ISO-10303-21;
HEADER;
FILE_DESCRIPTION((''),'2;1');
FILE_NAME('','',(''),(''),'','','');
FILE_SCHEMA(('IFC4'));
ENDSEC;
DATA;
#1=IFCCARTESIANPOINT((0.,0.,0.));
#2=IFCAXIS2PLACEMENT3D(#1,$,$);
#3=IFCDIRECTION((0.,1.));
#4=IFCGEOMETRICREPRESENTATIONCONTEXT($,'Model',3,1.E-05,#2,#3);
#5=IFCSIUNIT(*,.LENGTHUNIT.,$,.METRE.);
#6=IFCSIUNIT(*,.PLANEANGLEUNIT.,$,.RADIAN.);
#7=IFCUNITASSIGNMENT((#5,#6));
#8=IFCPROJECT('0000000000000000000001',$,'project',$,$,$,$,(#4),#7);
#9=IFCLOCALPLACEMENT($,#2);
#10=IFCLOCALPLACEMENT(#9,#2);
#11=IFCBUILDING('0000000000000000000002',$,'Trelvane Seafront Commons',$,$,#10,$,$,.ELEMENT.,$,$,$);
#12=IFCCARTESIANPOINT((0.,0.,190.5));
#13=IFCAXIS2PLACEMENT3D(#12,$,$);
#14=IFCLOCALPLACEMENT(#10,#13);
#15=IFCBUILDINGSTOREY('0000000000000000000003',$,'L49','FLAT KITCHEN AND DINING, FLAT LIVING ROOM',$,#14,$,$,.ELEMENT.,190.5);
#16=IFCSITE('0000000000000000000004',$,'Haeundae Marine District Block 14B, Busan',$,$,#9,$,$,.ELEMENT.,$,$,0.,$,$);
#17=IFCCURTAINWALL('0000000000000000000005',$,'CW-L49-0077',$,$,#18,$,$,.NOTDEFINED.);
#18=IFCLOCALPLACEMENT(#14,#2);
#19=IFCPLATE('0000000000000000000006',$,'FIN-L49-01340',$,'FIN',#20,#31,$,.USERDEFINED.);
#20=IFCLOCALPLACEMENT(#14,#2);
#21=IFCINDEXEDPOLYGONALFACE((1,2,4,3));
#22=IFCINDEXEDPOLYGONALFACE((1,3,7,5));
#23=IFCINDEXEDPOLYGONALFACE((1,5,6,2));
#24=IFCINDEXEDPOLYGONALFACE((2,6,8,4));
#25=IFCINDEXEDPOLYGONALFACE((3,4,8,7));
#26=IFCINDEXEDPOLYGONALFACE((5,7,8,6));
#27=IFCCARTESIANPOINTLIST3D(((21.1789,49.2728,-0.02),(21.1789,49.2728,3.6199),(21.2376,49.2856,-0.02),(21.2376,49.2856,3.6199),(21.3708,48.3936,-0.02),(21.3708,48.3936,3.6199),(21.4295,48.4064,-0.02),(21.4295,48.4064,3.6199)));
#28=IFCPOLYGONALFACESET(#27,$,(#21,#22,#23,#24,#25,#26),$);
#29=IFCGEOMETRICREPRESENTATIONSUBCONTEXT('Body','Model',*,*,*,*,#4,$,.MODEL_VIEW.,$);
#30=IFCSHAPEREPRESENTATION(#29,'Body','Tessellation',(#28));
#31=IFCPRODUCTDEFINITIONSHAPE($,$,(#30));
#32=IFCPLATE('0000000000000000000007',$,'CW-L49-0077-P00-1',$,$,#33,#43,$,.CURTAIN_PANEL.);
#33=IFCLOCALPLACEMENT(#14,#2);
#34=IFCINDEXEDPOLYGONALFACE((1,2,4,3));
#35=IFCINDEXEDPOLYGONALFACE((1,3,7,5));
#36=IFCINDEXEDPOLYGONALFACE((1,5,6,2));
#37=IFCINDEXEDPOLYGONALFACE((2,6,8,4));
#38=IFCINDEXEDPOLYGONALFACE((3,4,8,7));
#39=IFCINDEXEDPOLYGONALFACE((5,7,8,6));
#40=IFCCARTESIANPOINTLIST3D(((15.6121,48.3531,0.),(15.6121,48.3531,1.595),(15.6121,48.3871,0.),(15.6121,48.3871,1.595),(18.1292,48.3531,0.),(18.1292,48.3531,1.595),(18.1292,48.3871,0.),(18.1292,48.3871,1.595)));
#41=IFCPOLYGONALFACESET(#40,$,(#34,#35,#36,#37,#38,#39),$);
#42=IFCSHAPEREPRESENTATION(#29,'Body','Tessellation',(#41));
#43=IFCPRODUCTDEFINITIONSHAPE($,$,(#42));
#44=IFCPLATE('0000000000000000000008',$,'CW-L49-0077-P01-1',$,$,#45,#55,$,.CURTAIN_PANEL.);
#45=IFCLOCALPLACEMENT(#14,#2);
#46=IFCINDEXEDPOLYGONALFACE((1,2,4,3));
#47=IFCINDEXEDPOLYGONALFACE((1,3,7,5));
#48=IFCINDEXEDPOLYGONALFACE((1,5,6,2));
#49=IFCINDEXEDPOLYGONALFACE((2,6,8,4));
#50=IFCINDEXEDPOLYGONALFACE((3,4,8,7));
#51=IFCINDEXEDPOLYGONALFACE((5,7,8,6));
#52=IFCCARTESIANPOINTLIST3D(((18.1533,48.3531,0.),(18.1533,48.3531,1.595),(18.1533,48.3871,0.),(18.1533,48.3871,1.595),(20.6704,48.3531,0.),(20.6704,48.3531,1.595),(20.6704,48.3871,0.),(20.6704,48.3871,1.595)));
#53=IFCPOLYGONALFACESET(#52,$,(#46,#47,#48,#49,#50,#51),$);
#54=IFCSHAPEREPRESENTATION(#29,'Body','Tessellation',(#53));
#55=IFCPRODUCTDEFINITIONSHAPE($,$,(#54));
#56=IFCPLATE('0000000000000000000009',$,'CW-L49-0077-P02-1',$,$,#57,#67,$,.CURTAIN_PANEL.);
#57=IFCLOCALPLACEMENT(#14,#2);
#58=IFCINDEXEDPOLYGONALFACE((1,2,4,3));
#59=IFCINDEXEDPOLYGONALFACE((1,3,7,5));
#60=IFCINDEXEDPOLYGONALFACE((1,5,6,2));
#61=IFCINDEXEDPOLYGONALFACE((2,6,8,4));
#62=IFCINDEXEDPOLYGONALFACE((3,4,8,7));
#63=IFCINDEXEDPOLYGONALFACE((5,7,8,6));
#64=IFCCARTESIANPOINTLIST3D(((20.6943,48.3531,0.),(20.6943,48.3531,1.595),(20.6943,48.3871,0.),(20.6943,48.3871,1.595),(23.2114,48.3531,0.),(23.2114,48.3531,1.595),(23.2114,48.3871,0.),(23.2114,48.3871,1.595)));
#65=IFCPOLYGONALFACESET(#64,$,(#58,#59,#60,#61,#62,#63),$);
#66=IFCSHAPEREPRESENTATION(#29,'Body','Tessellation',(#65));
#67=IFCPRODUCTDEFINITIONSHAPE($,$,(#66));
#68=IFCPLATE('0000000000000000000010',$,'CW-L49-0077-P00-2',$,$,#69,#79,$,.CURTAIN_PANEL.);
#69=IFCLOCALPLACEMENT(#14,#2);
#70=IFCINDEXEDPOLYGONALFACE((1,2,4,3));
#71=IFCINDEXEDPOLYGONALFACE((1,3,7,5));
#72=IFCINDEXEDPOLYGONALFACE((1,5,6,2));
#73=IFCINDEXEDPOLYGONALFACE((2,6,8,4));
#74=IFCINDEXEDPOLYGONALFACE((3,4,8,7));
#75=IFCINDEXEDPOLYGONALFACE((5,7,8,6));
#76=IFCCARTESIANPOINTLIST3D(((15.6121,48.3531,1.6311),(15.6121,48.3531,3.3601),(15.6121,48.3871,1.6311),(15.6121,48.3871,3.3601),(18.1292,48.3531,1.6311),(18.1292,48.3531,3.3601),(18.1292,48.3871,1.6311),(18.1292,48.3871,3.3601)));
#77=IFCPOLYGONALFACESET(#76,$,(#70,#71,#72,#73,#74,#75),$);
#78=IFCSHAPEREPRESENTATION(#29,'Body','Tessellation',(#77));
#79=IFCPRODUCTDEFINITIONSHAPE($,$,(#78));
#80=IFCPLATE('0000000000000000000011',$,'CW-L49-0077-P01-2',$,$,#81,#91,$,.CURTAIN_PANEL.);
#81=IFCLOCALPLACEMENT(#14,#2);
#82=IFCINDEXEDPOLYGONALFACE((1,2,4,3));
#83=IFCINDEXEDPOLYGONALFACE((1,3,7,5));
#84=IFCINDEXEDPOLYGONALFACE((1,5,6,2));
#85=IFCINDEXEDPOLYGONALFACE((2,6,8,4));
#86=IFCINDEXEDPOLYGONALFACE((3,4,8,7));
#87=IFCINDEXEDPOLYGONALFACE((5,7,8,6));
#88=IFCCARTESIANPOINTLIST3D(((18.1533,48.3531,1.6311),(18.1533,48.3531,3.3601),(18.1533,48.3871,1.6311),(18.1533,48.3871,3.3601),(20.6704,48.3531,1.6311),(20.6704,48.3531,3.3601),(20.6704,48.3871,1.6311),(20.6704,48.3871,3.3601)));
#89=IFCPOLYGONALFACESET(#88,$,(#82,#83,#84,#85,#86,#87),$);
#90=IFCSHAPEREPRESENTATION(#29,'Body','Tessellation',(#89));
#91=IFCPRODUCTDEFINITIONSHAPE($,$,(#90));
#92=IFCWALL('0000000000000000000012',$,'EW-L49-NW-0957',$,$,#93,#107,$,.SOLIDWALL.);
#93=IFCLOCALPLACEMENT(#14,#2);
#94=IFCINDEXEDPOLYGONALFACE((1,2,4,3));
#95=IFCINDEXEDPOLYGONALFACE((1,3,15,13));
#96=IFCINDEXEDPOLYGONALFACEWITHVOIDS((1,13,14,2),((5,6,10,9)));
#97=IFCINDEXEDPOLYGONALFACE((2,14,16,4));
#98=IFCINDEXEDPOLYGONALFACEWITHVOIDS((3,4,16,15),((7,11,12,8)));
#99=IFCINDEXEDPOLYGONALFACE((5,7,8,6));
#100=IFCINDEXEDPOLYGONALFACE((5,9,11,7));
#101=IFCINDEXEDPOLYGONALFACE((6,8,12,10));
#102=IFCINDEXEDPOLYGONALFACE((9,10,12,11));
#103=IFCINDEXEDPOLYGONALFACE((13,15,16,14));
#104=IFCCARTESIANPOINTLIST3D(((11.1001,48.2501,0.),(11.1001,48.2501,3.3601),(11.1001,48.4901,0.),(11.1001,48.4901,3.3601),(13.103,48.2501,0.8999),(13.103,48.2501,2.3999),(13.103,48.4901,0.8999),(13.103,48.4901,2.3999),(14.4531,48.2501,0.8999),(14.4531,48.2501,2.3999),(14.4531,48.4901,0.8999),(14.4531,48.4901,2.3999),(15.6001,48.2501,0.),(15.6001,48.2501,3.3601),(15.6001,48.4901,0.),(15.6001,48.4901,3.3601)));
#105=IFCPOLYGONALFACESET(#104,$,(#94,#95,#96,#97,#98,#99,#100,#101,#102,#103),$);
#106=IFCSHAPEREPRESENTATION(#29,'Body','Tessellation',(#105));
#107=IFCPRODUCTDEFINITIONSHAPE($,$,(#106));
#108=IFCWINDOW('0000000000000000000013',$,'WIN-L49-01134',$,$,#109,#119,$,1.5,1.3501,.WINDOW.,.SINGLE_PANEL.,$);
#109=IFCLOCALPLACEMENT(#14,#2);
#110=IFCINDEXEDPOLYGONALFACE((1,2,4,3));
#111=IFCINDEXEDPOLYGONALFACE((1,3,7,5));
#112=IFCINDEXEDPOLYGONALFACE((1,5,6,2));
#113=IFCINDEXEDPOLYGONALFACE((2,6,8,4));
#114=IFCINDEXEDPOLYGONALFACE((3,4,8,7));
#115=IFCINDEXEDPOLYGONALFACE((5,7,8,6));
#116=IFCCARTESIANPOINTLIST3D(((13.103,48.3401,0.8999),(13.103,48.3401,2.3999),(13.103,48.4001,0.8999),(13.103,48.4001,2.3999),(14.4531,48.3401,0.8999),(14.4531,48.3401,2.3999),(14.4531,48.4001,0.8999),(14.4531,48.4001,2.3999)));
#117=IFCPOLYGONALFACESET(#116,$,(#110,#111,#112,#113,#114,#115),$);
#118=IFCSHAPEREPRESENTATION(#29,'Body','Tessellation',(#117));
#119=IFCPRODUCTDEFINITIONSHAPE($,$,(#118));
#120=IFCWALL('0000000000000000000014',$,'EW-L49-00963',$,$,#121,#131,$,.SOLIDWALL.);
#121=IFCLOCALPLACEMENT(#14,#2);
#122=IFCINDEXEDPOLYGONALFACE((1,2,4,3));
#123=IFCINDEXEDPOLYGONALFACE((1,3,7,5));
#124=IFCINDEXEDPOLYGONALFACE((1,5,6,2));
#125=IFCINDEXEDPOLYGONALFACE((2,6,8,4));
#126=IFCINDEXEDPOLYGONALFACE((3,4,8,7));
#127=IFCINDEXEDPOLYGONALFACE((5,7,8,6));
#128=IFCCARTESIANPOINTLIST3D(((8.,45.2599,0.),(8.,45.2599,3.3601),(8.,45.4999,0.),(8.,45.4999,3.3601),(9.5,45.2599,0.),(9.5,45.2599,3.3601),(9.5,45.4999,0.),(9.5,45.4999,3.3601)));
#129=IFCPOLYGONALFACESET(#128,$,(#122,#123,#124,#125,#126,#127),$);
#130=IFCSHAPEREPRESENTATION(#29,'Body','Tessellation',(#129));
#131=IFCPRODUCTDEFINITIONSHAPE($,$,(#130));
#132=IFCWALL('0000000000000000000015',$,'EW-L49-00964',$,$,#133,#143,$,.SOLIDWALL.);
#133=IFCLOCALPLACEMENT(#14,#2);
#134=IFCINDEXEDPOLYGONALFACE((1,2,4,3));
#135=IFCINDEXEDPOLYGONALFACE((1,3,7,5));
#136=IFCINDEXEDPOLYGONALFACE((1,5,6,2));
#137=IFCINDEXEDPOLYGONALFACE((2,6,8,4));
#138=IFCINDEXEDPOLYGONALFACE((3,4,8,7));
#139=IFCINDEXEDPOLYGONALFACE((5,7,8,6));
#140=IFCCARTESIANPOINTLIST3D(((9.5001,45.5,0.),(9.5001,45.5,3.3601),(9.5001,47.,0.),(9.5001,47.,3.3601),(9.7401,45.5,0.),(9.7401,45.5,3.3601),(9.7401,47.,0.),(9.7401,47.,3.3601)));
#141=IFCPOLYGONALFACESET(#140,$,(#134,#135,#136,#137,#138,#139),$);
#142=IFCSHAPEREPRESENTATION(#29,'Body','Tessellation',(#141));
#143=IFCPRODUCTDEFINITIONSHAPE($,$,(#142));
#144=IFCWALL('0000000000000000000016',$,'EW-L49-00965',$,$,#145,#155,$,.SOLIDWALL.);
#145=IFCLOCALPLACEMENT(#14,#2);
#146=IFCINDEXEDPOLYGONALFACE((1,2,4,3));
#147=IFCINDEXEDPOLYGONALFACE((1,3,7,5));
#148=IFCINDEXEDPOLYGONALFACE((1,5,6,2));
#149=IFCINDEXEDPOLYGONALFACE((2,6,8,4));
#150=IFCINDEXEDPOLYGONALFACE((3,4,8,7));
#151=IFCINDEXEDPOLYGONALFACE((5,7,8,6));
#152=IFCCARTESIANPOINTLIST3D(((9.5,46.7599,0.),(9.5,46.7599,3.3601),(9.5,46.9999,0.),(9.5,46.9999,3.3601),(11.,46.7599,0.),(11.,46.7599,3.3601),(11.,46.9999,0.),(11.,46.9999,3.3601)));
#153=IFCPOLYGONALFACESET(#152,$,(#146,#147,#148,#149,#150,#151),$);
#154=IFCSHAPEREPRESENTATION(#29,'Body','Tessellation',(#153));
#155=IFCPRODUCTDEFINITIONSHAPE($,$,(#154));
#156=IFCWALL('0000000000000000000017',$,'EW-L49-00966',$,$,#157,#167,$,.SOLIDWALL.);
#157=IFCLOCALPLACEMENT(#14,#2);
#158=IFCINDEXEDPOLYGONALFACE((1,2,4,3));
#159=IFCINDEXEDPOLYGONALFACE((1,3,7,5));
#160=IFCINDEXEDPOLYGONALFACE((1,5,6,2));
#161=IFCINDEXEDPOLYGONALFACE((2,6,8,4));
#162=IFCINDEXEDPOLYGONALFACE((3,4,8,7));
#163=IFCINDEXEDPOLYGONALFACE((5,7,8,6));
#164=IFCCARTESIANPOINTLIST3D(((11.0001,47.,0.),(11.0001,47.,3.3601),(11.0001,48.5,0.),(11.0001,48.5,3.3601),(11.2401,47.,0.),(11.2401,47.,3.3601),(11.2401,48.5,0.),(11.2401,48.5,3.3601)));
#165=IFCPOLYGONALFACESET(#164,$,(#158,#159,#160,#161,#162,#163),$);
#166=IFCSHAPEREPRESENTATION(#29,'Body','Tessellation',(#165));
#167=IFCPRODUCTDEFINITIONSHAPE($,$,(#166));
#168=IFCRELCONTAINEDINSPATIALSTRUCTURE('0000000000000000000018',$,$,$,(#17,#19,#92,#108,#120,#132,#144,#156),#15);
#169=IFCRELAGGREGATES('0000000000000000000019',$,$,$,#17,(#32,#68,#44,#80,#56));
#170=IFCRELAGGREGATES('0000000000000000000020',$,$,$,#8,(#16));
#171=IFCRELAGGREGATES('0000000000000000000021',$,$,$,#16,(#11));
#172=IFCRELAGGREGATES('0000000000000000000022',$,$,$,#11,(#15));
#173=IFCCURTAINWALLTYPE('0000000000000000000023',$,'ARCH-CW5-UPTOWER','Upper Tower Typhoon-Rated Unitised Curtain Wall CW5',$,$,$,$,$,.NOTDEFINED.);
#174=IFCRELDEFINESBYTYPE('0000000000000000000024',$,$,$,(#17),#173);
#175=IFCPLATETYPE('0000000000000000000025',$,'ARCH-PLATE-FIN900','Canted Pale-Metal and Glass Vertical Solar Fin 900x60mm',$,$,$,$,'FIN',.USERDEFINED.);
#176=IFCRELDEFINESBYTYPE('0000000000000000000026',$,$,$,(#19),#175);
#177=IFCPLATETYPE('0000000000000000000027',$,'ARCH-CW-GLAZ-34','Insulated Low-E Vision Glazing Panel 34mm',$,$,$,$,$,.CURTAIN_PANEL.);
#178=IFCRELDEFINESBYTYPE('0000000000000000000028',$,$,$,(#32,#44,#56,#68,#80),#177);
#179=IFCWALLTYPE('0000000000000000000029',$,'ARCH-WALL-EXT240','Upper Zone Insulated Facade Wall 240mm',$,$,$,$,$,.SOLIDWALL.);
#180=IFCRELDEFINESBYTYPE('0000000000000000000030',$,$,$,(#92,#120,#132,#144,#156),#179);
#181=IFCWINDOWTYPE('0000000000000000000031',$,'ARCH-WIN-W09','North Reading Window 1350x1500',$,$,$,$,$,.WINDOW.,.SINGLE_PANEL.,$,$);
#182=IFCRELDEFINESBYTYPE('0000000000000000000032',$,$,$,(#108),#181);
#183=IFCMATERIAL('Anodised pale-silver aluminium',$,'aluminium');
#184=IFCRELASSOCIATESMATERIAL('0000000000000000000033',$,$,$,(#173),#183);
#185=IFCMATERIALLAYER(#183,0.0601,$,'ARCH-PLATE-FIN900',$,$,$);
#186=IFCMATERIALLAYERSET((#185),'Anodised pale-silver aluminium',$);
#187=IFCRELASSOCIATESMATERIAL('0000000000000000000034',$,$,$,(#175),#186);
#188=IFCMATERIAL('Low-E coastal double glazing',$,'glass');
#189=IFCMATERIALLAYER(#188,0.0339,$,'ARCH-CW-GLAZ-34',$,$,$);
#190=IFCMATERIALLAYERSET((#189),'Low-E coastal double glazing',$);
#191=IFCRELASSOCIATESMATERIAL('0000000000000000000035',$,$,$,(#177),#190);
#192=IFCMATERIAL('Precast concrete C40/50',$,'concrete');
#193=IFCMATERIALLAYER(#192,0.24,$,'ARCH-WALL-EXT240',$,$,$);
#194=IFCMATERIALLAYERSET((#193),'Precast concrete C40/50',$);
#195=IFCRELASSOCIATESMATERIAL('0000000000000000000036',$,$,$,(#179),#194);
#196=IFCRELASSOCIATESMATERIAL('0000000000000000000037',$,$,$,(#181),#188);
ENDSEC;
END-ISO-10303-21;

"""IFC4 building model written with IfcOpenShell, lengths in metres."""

from ifc_helpers import new_model, si_unit, direction, frame, frame_2d, origin, origin_2d, place, context, subcontext, project, spatial, rectangle, extrude, source, transform, mapped, material, layer, layer_set, type_object, element, fill, aggregate, save


model = new_model("IFC4")

# Units and contexts
model_context = context("Model", 3, precision=1e-05, world=origin(), true_north=direction((0.0, 1.0)))
body_context = subcontext(model_context, "Body", "Model", "MODEL_VIEW")
ifc_project = project(units=[si_unit("LENGTHUNIT", "METRE"), si_unit("PLANEANGLEUNIT", "RADIAN")], contexts=[model_context])

# Site, building, storey
site_placement = place(None, origin())
site = spatial("IfcSite", under=ifc_project, at=site_placement, Name="Haeundae Marine District Block 14B, Busan", CompositionType="ELEMENT", RefElevation=0.0)
building_placement = place(site_placement, origin())
building = spatial("IfcBuilding", under=site, at=building_placement, Name="Trelvane Seafront Commons", CompositionType="ELEMENT")
storey_placement = place(building_placement, frame((0.0, 0.0, 190.5)))
storey = spatial("IfcBuildingStorey", under=building, at=storey_placement, Name="L49", Description="FLAT KITCHEN AND DINING, FLAT LIVING ROOM", CompositionType="ELEMENT", Elevation=190.5)

# Curtain wall
ifc_material_1 = material(Name="Anodised pale-silver aluminium", Category="aluminium")
curtain_wall_type = type_object("IfcCurtainWallType", Name="ARCH-CW5-UPTOWER", Description="Upper Tower Typhoon-Rated Unitised Curtain Wall CW5", PredefinedType="NOTDEFINED", material=ifc_material_1)
curtain_wall_placement = place(storey_placement, origin())
curtain_wall = element("IfcCurtainWall", 1, at=curtain_wall_placement, inside=storey, type_object=curtain_wall_type, Name="CW-L49-0077", PredefinedType="NOTDEFINED")

# Plate
ifc_layer_1 = layer(ifc_material_1, 0.0601, Name="ARCH-PLATE-FIN900")
ifc_layer_set_1 = layer_set([ifc_layer_1], Name="Anodised pale-silver aluminium")
plate_type_1 = type_object("IfcPlateType", Name="ARCH-PLATE-FIN900", Description="Canted Pale-Metal and Glass Vertical Solar Fin 900x60mm", ElementType="FIN", PredefinedType="USERDEFINED", material=ifc_layer_set_1)
shared_shape_1 = source(origin(), body_context, "Body", "SweptSolid", [
    extrude(rectangle(XDim=0.8999, YDim=0.0601, at=origin_2d()), origin(), (0.0, 0.0, 1.0), 3.6399),
])
for number, where, z_axis, x_axis, name in (
    (2, (21.3042, 48.8396, -0.02), (0.0, 0.0, 1.0), (-0.213223, 0.977004, 0.0), "FIN-L49-01340"),
):
    element("IfcPlate", number, at=place(storey_placement, frame(where, z_axis=z_axis, x_axis=x_axis)), inside=storey, type_object=plate_type_1, Name=name, ObjectType="FIN", PredefinedType="USERDEFINED", context=body_context, shape_type="MappedRepresentation", body=[
        mapped(shared_shape_1, transform((0.0, 0.0, 0.0), x_axis=(1.0, 0.0, 0.0), y_axis=(0.0, 1.0, 0.0), z_axis=(0.0, 0.0, 1.0), scale=1.0)),
    ])

# Plates
ifc_material_2 = material(Name="Low-E coastal double glazing", Category="glass")
ifc_layer_2 = layer(ifc_material_2, 0.0339, Name="ARCH-CW-GLAZ-34")
ifc_layer_set_2 = layer_set([ifc_layer_2], Name="Low-E coastal double glazing")
plate_type_2 = type_object("IfcPlateType", Name="ARCH-CW-GLAZ-34", Description="Insulated Low-E Vision Glazing Panel 34mm", PredefinedType="CURTAIN_PANEL", material=ifc_layer_set_2)
shared_shape_2 = source(origin(), body_context, "Body", "SweptSolid", [
    extrude(rectangle(XDim=2.5171, YDim=0.0339, at=origin_2d()), origin(), (0.0, 0.0, 1.0), 1.595),
])
plate_1_placement = place(storey_placement, frame((16.8706, 48.3701, 0.0), z_axis=(0.0, 0.0, 1.0), x_axis=(1.0, 0.0, 0.0)))
plate_1 = element("IfcPlate", 3, at=plate_1_placement, type_object=plate_type_2, Name="CW-L49-0077-P00-1", PredefinedType="CURTAIN_PANEL", context=body_context, shape_type="MappedRepresentation", body=[
    mapped(shared_shape_2, transform((0.0, 0.0, 0.0), x_axis=(1.0, 0.0, 0.0), y_axis=(0.0, 1.0, 0.0), z_axis=(0.0, 0.0, 1.0), scale=1.0)),
])
plate_2_placement = place(storey_placement, frame((19.4119, 48.3701, 0.0), z_axis=(0.0, 0.0, 1.0), x_axis=(1.0, 0.0, 0.0)))
plate_2 = element("IfcPlate", 4, at=plate_2_placement, type_object=plate_type_2, Name="CW-L49-0077-P01-1", PredefinedType="CURTAIN_PANEL", context=body_context, shape_type="MappedRepresentation", body=[
    mapped(shared_shape_2, transform((0.0, 0.0, 0.0), x_axis=(1.0, 0.0, 0.0), y_axis=(0.0, 1.0, 0.0), z_axis=(0.0, 0.0, 1.0), scale=1.0)),
])
plate_3_placement = place(storey_placement, frame((21.9529, 48.3701, 0.0), z_axis=(0.0, 0.0, 1.0), x_axis=(1.0, 0.0, 0.0)))
plate_3 = element("IfcPlate", 5, at=plate_3_placement, type_object=plate_type_2, Name="CW-L49-0077-P02-1", PredefinedType="CURTAIN_PANEL", context=body_context, shape_type="MappedRepresentation", body=[
    mapped(shared_shape_2, transform((0.0, 0.0, 0.0), x_axis=(1.0, 0.0, 0.0), y_axis=(0.0, 1.0, 0.0), z_axis=(0.0, 0.0, 1.0), scale=1.0)),
])
shared_shape_3 = source(origin(), body_context, "Body", "SweptSolid", [
    extrude(rectangle(XDim=2.5171, YDim=0.0339, at=origin_2d()), origin(), (0.0, 0.0, 1.0), 1.729),
])
plate_4_placement = place(storey_placement, frame((16.8706, 48.3701, 1.6311), z_axis=(0.0, 0.0, 1.0), x_axis=(1.0, 0.0, 0.0)))
plate_4 = element("IfcPlate", 6, at=plate_4_placement, type_object=plate_type_2, Name="CW-L49-0077-P00-2", PredefinedType="CURTAIN_PANEL", context=body_context, shape_type="MappedRepresentation", body=[
    mapped(shared_shape_3, transform((0.0, 0.0, 0.0), x_axis=(1.0, 0.0, 0.0), y_axis=(0.0, 1.0, 0.0), z_axis=(0.0, 0.0, 1.0), scale=1.0)),
])
plate_5_placement = place(storey_placement, frame((19.4119, 48.3701, 1.6311), z_axis=(0.0, 0.0, 1.0), x_axis=(1.0, 0.0, 0.0)))
plate_5 = element("IfcPlate", 7, at=plate_5_placement, type_object=plate_type_2, Name="CW-L49-0077-P01-2", PredefinedType="CURTAIN_PANEL", context=body_context, shape_type="MappedRepresentation", body=[
    mapped(shared_shape_3, transform((0.0, 0.0, 0.0), x_axis=(1.0, 0.0, 0.0), y_axis=(0.0, 1.0, 0.0), z_axis=(0.0, 0.0, 1.0), scale=1.0)),
])
aggregate(curtain_wall, [plate_1, plate_4, plate_2, plate_5, plate_3])

# Wall, opening, window
ifc_material_3 = material(Name="Precast concrete C40/50", Category="concrete")
ifc_layer_3 = layer(ifc_material_3, 0.24, Name="ARCH-WALL-EXT240")
ifc_layer_set_3 = layer_set([ifc_layer_3], Name="Precast concrete C40/50")
wall_type = type_object("IfcWallType", Name="ARCH-WALL-EXT240", Description="Upper Zone Insulated Facade Wall 240mm", PredefinedType="SOLIDWALL", material=ifc_layer_set_3)
wall_placement = place(storey_placement, frame((11.1001, 48.3701, 0.0), z_axis=(0.0, 0.0, 1.0), x_axis=(1.0, 0.0, 0.0)))
wall = element("IfcWall", 8, at=wall_placement, inside=storey, type_object=wall_type, Name="EW-L49-NW-0957", PredefinedType="SOLIDWALL", context=body_context, shape_type="SweptSolid", body=[
    extrude(rectangle(XDim=4.5, YDim=0.24, at=frame_2d((2.25, 0.0))), origin(), (0.0, 0.0, 1.0), 3.3601),
])
opening_placement = place(wall_placement, frame((2.0029, 0.0, 0.8999)))
opening = element("IfcOpeningElement", 9, at=opening_placement, cuts=wall, PredefinedType="OPENING", context=body_context, shape_type="SweptSolid", body=[
    extrude(rectangle(XDim=1.3501, YDim=1.5, at=frame_2d((0.675, 0.75))), frame((0.0, 0.1299, 0.0), z_axis=(0.0, -1.0, 0.0), x_axis=(1.0, 0.0, 0.0)), (0.0, 0.0, 1.0), 0.26),
])
window_type = type_object("IfcWindowType", Name="ARCH-WIN-W09", Description="North Reading Window 1350x1500", PartitioningType="SINGLE_PANEL", PredefinedType="WINDOW", material=ifc_material_2)
shared_shape_4 = source(origin(), body_context, "Body", "SweptSolid", [
    extrude(rectangle(XDim=1.3501, YDim=1.5, at=frame_2d((0.675, 0.75))), frame((0.0, 0.03, 0.0), z_axis=(0.0, -1.0, 0.0), x_axis=(1.0, 0.0, 0.0)), (0.0, 0.0, 1.0), 0.0601),
])
window_placement = place(opening_placement, origin())
window = element("IfcWindow", 10, at=window_placement, inside=storey, type_object=window_type, Name="WIN-L49-01134", OverallHeight=1.5, OverallWidth=1.3501, PartitioningType="SINGLE_PANEL", PredefinedType="WINDOW", context=body_context, shape_type="MappedRepresentation", body=[
    mapped(shared_shape_4, transform((0.0, 0.0, 0.0), x_axis=(1.0, 0.0, 0.0), y_axis=(0.0, 1.0, 0.0), z_axis=(0.0, 0.0, 1.0), scale=1.0)),
])
fill(opening, window)

# Walls
for number, where, z_axis, x_axis, name in (
    (11, (8.0, 45.3799, 0.0), (0.0, 0.0, 1.0), (1.0, 0.0, 0.0), "EW-L49-00963"),
    (12, (9.6201, 45.5, 0.0), (0.0, 0.0, 1.0), (0.0, 1.0, 0.0), "EW-L49-00964"),
    (13, (9.5, 46.8799, 0.0), (0.0, 0.0, 1.0), (1.0, 0.0, 0.0), "EW-L49-00965"),
    (14, (11.1201, 47.0, 0.0), (0.0, 0.0, 1.0), (0.0, 1.0, 0.0), "EW-L49-00966"),
):
    element("IfcWall", number, at=place(storey_placement, frame(where, z_axis=z_axis, x_axis=x_axis)), inside=storey, type_object=wall_type, Name=name, PredefinedType="SOLIDWALL", context=body_context, shape_type="SweptSolid", body=[
        extrude(rectangle(XDim=1.5, YDim=0.24, at=frame_2d((0.75, 0.0))), origin(), (0.0, 0.0, 1.0), 3.3601),
    ])

save(model, "model.ifc")
